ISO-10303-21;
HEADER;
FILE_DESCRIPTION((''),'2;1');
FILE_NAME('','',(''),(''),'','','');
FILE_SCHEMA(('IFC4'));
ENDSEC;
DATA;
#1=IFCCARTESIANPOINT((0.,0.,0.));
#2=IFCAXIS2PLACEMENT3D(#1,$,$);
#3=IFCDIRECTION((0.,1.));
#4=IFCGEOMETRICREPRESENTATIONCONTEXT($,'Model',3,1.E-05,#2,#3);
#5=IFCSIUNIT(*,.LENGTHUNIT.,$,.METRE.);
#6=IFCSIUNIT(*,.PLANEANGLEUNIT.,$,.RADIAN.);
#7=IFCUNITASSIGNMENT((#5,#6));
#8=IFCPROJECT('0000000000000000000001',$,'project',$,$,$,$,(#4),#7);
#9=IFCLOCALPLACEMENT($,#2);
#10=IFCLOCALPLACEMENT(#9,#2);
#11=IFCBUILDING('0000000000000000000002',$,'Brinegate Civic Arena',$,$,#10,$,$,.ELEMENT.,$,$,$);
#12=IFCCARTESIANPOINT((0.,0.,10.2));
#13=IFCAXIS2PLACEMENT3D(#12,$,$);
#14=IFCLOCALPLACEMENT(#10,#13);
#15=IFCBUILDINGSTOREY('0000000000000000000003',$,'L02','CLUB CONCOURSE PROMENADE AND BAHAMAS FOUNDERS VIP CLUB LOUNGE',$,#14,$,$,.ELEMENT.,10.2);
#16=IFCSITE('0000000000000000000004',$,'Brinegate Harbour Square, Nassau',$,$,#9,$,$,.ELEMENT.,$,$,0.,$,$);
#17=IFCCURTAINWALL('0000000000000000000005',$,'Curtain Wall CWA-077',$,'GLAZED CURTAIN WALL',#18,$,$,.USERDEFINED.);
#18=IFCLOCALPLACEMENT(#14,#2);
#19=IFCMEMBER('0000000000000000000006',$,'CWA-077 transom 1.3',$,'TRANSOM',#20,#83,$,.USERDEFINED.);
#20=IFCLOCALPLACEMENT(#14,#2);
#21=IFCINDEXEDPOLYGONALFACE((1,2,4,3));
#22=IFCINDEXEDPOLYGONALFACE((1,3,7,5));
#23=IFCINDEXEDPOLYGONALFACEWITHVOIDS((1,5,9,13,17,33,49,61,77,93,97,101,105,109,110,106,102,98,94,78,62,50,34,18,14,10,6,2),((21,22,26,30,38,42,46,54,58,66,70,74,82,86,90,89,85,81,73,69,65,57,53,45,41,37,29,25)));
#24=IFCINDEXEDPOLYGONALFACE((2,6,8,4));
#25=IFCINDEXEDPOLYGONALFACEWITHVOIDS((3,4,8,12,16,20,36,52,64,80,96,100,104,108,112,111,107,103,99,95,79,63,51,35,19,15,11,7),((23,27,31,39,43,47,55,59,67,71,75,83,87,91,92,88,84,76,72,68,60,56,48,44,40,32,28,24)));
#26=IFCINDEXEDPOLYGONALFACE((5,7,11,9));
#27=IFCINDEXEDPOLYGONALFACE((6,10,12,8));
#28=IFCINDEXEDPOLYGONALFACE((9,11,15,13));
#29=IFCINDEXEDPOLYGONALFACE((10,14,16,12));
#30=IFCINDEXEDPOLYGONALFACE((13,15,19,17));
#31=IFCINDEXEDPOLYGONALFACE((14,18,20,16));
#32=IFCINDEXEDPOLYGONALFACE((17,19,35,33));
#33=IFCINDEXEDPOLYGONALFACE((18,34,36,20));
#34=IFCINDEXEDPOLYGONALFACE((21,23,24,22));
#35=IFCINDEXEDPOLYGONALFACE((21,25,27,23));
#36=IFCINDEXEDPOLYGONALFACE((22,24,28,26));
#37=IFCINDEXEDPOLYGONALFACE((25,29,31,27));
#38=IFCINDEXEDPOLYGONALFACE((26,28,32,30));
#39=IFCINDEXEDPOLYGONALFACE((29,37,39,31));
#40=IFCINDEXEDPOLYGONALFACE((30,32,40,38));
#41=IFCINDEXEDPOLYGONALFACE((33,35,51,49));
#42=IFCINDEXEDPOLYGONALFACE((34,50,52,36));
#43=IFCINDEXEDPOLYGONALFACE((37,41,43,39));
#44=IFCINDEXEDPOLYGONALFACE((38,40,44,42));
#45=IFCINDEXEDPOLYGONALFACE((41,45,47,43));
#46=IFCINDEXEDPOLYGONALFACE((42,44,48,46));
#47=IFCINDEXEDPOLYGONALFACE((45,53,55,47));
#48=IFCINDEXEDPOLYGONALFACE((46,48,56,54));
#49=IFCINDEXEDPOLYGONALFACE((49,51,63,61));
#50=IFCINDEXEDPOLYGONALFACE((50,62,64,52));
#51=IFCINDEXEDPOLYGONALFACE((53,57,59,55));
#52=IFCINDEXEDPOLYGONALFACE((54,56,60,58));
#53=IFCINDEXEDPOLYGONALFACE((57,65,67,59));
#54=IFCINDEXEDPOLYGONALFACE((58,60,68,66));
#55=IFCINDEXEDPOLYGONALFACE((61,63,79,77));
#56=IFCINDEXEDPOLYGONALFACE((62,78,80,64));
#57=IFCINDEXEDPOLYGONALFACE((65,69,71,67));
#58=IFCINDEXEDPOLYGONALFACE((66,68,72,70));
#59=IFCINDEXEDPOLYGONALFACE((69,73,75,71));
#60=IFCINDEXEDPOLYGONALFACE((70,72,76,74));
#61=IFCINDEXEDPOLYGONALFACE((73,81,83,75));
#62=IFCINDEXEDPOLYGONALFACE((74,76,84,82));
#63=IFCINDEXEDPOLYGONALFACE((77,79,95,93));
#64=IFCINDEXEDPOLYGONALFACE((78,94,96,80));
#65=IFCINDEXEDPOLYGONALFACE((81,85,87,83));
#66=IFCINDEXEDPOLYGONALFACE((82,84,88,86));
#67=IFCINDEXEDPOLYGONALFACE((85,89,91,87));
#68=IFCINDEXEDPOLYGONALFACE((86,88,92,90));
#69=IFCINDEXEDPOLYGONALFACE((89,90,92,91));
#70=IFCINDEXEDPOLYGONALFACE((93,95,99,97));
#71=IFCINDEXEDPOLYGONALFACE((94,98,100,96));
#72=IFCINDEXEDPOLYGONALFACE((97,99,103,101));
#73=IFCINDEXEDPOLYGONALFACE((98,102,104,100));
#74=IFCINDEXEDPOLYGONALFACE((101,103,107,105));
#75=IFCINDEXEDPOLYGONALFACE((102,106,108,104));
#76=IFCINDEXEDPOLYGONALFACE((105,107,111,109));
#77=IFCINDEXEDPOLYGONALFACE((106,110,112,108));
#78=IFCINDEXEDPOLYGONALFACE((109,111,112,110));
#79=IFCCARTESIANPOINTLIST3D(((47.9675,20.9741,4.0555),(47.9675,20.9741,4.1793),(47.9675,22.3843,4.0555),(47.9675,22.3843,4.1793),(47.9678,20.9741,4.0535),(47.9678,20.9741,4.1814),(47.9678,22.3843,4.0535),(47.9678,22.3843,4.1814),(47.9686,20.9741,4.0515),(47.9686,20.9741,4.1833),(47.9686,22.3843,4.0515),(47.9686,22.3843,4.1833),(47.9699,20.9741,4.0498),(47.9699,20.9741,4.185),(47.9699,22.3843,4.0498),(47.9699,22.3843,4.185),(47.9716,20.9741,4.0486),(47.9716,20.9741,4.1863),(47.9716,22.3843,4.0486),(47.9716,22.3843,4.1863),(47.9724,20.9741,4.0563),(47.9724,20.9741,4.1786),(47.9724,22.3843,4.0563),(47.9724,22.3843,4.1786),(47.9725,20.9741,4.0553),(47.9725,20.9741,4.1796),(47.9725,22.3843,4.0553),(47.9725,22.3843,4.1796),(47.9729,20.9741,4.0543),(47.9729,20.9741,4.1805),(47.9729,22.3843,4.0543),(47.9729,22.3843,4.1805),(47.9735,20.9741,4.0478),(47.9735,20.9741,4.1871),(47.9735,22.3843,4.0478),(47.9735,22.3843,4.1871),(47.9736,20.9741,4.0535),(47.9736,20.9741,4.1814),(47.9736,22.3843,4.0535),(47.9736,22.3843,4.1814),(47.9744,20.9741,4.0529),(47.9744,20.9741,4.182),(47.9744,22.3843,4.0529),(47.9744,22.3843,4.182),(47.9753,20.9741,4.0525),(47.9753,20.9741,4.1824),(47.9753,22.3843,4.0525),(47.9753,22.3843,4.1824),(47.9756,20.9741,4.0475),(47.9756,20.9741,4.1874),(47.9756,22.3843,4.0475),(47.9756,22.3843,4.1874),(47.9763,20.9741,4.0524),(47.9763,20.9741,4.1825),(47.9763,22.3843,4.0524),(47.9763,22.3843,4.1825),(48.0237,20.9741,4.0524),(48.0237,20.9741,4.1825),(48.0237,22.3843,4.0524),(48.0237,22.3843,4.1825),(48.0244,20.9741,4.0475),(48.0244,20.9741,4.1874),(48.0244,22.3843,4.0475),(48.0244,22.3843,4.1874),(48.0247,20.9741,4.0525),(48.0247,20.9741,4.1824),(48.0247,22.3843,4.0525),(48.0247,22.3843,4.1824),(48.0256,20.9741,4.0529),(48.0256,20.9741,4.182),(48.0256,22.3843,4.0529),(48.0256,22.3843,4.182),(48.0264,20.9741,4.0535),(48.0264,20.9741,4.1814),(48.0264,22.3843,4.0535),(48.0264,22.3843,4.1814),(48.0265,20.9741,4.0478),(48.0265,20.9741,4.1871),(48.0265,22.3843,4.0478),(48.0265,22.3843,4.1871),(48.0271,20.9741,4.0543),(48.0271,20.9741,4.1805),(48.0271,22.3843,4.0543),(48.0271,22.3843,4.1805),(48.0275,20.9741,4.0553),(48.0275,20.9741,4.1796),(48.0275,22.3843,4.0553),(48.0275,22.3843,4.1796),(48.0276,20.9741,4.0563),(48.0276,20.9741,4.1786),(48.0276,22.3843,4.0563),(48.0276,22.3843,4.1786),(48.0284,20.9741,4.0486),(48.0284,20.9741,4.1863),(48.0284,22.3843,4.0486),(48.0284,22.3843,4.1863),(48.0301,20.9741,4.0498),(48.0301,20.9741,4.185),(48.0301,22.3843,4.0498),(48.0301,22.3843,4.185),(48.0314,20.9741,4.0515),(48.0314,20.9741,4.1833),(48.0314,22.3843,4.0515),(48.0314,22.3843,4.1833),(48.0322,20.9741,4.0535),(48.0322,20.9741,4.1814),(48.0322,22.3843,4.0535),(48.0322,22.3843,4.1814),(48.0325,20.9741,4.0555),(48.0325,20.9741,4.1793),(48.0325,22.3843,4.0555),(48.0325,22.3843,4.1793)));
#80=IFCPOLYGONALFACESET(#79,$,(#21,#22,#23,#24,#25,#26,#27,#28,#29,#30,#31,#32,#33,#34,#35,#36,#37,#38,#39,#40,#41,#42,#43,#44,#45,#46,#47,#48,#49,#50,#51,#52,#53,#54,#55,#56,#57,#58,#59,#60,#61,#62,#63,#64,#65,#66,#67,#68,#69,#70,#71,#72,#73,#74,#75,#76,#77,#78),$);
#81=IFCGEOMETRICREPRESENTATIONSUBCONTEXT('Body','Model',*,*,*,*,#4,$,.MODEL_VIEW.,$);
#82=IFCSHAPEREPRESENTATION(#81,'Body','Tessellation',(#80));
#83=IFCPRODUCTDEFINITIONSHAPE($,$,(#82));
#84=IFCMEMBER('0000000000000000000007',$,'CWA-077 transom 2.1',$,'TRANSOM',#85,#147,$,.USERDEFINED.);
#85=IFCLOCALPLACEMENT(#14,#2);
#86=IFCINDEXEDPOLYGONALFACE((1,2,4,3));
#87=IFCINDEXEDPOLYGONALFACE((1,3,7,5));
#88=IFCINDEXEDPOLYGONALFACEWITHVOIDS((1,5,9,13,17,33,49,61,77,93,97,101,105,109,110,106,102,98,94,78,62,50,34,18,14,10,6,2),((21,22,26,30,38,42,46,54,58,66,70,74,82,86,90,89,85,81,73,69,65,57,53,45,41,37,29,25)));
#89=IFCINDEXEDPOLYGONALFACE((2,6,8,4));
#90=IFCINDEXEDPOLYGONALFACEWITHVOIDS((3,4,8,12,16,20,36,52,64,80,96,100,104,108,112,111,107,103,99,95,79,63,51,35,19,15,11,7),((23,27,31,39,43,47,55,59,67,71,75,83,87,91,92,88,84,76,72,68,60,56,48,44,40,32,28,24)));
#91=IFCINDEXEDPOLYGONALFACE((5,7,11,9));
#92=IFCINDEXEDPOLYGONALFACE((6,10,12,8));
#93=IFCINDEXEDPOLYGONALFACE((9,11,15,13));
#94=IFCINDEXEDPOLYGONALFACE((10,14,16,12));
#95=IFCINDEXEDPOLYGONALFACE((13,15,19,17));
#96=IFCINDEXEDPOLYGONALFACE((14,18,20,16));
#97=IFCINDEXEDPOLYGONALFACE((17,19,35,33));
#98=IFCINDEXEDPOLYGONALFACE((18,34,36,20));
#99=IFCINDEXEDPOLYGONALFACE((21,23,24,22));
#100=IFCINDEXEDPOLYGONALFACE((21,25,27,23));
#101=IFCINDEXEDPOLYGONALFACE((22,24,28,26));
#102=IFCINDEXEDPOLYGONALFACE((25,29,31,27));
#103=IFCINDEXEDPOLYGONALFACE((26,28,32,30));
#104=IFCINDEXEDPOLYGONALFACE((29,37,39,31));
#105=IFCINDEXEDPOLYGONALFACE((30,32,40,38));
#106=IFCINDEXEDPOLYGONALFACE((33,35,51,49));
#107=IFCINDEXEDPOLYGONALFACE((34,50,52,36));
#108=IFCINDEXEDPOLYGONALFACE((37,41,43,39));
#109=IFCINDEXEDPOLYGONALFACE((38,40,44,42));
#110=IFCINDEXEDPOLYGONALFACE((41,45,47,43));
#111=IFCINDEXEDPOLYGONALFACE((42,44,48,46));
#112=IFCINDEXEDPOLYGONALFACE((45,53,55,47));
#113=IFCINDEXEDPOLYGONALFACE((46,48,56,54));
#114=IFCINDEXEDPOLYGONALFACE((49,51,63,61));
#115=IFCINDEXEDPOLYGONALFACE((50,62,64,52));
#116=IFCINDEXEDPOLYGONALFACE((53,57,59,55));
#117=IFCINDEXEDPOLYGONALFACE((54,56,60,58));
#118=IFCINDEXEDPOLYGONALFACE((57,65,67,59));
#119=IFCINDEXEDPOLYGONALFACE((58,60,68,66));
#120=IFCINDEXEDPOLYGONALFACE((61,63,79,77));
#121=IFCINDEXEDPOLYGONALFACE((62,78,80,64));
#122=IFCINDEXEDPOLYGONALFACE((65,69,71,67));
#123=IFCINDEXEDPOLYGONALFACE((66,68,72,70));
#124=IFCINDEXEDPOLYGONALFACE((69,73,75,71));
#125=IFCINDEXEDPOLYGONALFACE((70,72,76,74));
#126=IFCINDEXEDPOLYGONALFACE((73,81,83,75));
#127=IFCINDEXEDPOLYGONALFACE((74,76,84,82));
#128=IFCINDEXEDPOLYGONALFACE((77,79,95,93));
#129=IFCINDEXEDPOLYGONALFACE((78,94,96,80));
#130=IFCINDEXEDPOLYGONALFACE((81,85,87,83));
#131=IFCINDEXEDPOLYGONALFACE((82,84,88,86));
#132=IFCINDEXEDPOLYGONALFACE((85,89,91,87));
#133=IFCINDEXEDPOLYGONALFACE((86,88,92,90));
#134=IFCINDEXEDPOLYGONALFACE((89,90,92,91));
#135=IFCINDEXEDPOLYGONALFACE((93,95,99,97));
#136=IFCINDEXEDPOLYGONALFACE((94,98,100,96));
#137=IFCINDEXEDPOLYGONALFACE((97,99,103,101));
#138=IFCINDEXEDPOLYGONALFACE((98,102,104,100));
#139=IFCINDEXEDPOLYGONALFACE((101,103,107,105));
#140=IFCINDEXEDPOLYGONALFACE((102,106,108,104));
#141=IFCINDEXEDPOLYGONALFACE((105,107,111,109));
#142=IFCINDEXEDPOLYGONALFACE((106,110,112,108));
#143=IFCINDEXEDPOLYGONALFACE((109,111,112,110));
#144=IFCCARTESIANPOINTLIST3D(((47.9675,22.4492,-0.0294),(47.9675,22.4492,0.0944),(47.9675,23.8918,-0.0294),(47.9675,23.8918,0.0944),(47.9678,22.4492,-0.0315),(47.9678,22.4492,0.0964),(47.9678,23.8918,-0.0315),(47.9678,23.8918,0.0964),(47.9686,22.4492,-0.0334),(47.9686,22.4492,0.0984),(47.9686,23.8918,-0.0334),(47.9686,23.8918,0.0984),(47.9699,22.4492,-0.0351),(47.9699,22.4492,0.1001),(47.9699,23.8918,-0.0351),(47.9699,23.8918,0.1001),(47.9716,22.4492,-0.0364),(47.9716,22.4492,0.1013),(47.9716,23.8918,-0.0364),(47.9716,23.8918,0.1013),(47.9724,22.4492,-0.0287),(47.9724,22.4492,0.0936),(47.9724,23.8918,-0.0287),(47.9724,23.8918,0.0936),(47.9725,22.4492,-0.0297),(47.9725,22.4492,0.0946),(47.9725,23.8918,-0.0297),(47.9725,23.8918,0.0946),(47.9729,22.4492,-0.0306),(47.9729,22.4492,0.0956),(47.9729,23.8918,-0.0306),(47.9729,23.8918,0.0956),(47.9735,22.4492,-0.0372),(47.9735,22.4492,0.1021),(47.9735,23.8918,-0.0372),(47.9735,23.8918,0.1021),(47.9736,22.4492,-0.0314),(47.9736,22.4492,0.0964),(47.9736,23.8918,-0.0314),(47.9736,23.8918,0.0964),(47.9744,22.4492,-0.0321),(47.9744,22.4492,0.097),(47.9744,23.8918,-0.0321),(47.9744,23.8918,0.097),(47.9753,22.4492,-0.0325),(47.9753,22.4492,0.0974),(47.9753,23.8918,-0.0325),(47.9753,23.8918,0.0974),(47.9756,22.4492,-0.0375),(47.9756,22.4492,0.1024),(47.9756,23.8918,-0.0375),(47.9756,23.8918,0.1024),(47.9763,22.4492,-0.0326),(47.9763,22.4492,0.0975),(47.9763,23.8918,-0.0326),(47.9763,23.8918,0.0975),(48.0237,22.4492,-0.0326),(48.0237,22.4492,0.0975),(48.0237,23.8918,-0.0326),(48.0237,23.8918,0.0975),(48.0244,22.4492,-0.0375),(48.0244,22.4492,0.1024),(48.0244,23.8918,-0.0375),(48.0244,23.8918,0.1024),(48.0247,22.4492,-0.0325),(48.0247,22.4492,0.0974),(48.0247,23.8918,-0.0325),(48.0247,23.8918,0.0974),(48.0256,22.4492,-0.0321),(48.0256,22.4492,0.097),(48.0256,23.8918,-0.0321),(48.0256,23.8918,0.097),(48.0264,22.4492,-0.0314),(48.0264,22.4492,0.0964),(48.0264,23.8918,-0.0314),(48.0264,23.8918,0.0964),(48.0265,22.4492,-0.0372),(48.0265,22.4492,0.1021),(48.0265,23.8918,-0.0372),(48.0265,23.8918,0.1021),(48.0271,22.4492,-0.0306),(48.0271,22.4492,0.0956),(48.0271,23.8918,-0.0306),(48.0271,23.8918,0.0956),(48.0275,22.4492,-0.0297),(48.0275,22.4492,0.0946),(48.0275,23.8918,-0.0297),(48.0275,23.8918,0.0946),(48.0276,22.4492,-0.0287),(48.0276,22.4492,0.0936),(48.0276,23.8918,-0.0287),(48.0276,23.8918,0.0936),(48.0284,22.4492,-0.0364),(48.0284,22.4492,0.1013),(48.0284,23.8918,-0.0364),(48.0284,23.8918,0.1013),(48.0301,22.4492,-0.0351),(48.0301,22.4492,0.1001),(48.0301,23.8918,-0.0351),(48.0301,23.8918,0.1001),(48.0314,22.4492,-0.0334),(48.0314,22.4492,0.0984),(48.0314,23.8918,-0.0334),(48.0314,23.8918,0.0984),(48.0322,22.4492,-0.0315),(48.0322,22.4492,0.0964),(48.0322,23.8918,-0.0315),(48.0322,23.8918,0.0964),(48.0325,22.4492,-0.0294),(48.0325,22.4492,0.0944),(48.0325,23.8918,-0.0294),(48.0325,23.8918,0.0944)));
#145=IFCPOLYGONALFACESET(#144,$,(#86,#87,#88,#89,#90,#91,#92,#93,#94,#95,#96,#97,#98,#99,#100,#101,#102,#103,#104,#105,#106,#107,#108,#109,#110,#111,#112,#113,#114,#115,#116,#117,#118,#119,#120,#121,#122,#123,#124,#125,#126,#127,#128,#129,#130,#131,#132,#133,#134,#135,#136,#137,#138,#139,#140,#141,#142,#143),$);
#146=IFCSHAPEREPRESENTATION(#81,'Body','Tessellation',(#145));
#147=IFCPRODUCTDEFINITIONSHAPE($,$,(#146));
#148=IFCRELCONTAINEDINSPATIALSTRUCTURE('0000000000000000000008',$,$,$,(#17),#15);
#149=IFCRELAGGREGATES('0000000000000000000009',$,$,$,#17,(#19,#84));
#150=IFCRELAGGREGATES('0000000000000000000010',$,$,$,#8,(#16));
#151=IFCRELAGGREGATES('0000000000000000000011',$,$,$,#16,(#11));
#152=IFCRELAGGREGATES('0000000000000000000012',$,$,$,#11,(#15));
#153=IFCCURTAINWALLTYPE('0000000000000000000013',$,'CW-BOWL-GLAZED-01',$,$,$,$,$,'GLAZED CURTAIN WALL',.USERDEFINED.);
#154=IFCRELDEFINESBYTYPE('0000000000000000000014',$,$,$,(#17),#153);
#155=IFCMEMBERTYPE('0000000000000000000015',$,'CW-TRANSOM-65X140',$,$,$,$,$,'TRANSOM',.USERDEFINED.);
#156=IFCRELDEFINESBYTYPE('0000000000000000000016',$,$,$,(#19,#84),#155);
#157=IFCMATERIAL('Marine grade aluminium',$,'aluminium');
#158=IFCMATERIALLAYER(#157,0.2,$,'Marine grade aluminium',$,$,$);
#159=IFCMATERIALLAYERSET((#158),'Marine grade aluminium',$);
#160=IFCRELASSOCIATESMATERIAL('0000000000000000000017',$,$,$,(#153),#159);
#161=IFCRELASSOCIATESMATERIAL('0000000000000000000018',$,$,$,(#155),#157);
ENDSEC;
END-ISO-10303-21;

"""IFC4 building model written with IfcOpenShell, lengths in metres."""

from ifc_helpers import new_model, si_unit, direction, frame, origin, origin_2d, place, context, subcontext, project, spatial, hollow_rectangle, extrude, material, layer, layer_set, material_profile, profile_set, type_object, element, aggregate, save


model = new_model("IFC4")

# Units and contexts
model_context = context("Model", 3, precision=1e-05, world=origin(), true_north=direction((0.0, 1.0)))
body_context = subcontext(model_context, "Body", "Model", "MODEL_VIEW")
ifc_project = project(units=[si_unit("LENGTHUNIT", "METRE"), si_unit("PLANEANGLEUNIT", "RADIAN")], contexts=[model_context])

# Site, building, storey
site_placement = place(None, origin())
site = spatial("IfcSite", under=ifc_project, at=site_placement, Name="Brinegate Harbour Square, Nassau", CompositionType="ELEMENT", RefElevation=0.0)
building_placement = place(site_placement, origin())
building = spatial("IfcBuilding", under=site, at=building_placement, Name="Brinegate Civic Arena", CompositionType="ELEMENT")
storey_placement = place(building_placement, frame((0.0, 0.0, 10.2)))
storey = spatial("IfcBuildingStorey", under=building, at=storey_placement, Name="L02", Description="CLUB CONCOURSE PROMENADE AND BAHAMAS FOUNDERS VIP CLUB LOUNGE", CompositionType="ELEMENT", Elevation=10.2)

# Curtain wall
ifc_material_1 = material(Name="Marine grade aluminium", Category="aluminium")
ifc_layer_1 = layer(ifc_material_1, 0.2, Name="Marine grade aluminium")
ifc_layer_set_1 = layer_set([ifc_layer_1], Name="Marine grade aluminium")
curtain_wall_type = type_object("IfcCurtainWallType", Name="CW-BOWL-GLAZED-01", ElementType="GLAZED CURTAIN WALL", PredefinedType="USERDEFINED", material=ifc_layer_set_1)
curtain_wall_1_placement = place(storey_placement, origin())
curtain_wall_1 = element("IfcCurtainWall", 1, at=curtain_wall_1_placement, inside=storey, type_object=curtain_wall_type, Name="Curtain Wall CWA-077", ObjectType="GLAZED CURTAIN WALL", PredefinedType="USERDEFINED")

# Members
ifc_material_profile_1 = material_profile(ifc_material_1, hollow_rectangle(XDim=0.0649, YDim=0.1399, WallThickness=0.0049, InnerFilletRadius=0.0039, OuterFilletRadius=0.0081, at=origin_2d()), Name="TRN65X140")
ifc_profile_set_1 = profile_set([ifc_material_profile_1], Name="Marine grade aluminium")
member_type_1 = type_object("IfcMemberType", Name="CW-TRANSOM-65X140", ElementType="TRANSOM", PredefinedType="USERDEFINED", material=ifc_profile_set_1)
member_1_placement = place(storey_placement, frame((48.0, 20.9741, 4.1174), z_axis=(0.0, 1.0, 0.0), x_axis=(-1.0, 0.0, 0.0)))
member_1 = element("IfcMember", 2, at=member_1_placement, type_object=member_type_1, Name="CWA-077 transom 1.3", ObjectType="TRANSOM", PredefinedType="USERDEFINED", context=body_context, shape_type="SweptSolid", body=[
    extrude(hollow_rectangle(XDim=0.0649, YDim=0.1399, WallThickness=0.0049, InnerFilletRadius=0.0039, OuterFilletRadius=0.0081, at=origin_2d()), origin(), (0.0, 0.0, 1.0), 1.4102),
])
member_2_placement = place(storey_placement, frame((48.0, 22.4492, 0.0325), z_axis=(0.0, 1.0, 0.0), x_axis=(-1.0, 0.0, 0.0)))
member_2 = element("IfcMember", 3, at=member_2_placement, type_object=member_type_1, Name="CWA-077 transom 2.1", ObjectType="TRANSOM", PredefinedType="USERDEFINED", context=body_context, shape_type="SweptSolid", body=[
    extrude(hollow_rectangle(XDim=0.0649, YDim=0.1399, WallThickness=0.0049, InnerFilletRadius=0.0039, OuterFilletRadius=0.0081, at=origin_2d()), origin(), (0.0, 0.0, 1.0), 1.4426),
])

aggregate(curtain_wall_1, [member_1, member_2])

save(model, "model.ifc")
